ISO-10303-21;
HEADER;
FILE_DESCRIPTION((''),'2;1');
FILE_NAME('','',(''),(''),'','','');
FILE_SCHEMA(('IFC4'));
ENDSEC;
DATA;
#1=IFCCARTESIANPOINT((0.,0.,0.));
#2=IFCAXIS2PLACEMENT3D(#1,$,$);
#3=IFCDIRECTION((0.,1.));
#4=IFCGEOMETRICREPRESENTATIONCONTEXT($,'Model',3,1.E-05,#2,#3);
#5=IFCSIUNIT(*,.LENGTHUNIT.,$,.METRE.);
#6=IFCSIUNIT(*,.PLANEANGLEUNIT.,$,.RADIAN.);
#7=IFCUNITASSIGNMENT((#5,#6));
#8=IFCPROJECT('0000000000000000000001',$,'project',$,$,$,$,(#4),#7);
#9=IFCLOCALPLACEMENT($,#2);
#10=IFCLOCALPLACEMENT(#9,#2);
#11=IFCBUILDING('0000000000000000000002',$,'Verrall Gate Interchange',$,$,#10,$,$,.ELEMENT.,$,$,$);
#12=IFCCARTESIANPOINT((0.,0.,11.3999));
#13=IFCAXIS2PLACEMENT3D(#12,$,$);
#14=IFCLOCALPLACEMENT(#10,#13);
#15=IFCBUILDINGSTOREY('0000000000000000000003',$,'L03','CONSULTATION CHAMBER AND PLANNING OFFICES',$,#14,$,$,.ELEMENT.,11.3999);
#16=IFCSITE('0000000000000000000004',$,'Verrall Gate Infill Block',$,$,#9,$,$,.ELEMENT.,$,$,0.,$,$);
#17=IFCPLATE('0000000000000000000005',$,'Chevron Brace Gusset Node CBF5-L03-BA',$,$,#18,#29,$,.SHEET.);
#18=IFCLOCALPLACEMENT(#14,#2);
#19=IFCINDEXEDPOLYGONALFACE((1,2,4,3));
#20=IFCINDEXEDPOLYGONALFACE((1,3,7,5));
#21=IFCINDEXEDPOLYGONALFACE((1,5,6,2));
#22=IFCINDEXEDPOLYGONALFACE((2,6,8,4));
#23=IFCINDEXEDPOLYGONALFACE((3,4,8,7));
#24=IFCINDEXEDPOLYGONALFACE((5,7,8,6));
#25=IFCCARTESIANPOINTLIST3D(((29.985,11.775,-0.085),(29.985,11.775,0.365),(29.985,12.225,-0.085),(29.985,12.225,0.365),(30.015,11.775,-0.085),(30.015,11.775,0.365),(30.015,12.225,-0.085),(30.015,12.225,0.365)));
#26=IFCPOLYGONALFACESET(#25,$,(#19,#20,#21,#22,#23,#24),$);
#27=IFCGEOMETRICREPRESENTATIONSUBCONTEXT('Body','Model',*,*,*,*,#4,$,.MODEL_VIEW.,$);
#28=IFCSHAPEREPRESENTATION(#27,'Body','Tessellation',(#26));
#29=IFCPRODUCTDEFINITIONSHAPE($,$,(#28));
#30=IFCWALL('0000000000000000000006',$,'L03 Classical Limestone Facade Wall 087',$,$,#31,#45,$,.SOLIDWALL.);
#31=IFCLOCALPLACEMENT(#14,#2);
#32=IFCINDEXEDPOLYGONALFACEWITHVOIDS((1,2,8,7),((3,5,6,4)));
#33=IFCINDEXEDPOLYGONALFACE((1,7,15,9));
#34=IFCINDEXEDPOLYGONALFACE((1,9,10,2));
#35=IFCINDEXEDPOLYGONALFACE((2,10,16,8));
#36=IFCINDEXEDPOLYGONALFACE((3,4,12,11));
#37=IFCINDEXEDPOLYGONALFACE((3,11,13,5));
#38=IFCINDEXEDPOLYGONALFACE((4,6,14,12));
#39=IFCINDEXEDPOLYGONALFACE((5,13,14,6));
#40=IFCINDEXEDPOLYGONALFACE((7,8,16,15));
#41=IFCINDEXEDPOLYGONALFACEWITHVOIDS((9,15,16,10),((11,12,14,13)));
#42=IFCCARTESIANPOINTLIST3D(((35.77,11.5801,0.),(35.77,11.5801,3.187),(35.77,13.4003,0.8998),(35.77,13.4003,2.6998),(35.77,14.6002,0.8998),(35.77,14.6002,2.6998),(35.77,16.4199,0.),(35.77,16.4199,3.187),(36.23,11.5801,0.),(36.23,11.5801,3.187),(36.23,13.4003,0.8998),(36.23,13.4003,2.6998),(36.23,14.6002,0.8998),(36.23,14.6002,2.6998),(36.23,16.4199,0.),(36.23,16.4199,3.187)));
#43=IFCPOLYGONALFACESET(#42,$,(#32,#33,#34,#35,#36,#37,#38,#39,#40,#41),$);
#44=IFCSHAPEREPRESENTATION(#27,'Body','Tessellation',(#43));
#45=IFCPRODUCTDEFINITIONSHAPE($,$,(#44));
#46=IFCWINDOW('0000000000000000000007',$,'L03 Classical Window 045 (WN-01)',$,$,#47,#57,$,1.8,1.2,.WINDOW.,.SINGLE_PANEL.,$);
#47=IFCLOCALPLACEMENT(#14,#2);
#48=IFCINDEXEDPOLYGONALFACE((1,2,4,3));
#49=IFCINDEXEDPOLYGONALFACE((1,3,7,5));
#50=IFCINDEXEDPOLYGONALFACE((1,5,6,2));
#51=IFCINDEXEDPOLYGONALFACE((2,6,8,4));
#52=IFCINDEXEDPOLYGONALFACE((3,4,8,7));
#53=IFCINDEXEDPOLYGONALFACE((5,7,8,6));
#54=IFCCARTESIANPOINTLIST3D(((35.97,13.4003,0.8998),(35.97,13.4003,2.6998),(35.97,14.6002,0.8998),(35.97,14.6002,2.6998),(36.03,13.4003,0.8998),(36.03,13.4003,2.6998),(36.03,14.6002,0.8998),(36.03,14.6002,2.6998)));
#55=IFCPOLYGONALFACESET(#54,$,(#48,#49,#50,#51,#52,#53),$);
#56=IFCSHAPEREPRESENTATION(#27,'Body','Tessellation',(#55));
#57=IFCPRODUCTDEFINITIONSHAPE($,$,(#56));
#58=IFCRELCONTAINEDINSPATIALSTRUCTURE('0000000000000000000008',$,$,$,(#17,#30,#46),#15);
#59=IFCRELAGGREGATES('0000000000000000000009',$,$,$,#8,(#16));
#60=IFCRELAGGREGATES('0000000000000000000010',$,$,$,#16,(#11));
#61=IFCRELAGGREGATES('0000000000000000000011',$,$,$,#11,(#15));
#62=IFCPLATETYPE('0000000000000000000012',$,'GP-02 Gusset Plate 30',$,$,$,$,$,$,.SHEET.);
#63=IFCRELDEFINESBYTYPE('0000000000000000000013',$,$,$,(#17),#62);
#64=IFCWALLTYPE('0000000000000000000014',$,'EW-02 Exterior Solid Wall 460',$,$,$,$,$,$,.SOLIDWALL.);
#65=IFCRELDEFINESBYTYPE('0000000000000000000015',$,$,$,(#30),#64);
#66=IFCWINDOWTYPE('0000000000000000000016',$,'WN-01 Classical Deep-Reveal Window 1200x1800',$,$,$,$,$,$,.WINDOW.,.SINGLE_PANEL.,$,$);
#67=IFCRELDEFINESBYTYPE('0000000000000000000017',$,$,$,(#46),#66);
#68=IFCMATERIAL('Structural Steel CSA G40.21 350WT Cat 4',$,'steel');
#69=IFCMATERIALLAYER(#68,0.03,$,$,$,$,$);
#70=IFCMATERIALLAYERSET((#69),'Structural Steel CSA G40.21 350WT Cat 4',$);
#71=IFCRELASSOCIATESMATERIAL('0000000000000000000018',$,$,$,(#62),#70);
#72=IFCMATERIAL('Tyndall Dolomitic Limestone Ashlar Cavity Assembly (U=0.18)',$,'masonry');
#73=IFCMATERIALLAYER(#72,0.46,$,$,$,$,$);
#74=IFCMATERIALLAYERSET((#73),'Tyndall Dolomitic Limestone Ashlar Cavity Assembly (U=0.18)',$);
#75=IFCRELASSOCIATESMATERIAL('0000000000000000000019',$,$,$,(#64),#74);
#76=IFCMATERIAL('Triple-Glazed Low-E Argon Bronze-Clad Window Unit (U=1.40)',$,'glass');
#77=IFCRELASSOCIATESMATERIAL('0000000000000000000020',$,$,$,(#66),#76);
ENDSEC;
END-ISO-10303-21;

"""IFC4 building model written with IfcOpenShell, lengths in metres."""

from ifc_helpers import new_model, si_unit, direction, frame, frame_2d, origin, origin_2d, place, context, subcontext, project, spatial, rectangle, extrude, material, layer, layer_set, type_object, element, fill, save


model = new_model("IFC4")

# Units and contexts
model_context = context("Model", 3, precision=1e-05, world=origin(), true_north=direction((0.0, 1.0)))
body_context = subcontext(model_context, "Body", "Model", "MODEL_VIEW")
ifc_project = project(units=[si_unit("LENGTHUNIT", "METRE"), si_unit("PLANEANGLEUNIT", "RADIAN")], contexts=[model_context])

# Site, building, storey
site_placement = place(None, origin())
site = spatial("IfcSite", under=ifc_project, at=site_placement, Name="Verrall Gate Infill Block", CompositionType="ELEMENT", RefElevation=0.0)
building_placement = place(site_placement, origin())
building = spatial("IfcBuilding", under=site, at=building_placement, Name="Verrall Gate Interchange", CompositionType="ELEMENT")
storey_placement = place(building_placement, frame((0.0, 0.0, 11.3999)))
storey = spatial("IfcBuildingStorey", under=building, at=storey_placement, Name="L03", Description="CONSULTATION CHAMBER AND PLANNING OFFICES", CompositionType="ELEMENT", Elevation=11.3999)

# Plate
ifc_material_1 = material(Name="Structural Steel CSA G40.21 350WT Cat 4", Category="steel")
ifc_layer_1 = layer(ifc_material_1, 0.03)
ifc_layer_set_1 = layer_set([ifc_layer_1], Name="Structural Steel CSA G40.21 350WT Cat 4")
plate_type_1 = type_object("IfcPlateType", Name="GP-02 Gusset Plate 30", PredefinedType="SHEET", material=ifc_layer_set_1)
plate_1_placement = place(storey_placement, frame((30.0, 12.0, -0.085), z_axis=(0.0, 0.0, 1.0), x_axis=(1.0, 0.0, 0.0)))
element("IfcPlate", 1, at=plate_1_placement, inside=storey, type_object=plate_type_1, Name="Chevron Brace Gusset Node CBF5-L03-BA", PredefinedType="SHEET", context=body_context, shape_type="SweptSolid", body=[
    extrude(rectangle(XDim=0.03, YDim=0.45, at=origin_2d()), origin(), (0.0, 0.0, 1.0), 0.45),
])

# Wall, opening, window
ifc_material_2 = material(Name="Tyndall Dolomitic Limestone Ashlar Cavity Assembly (U=0.18)", Category="masonry")
ifc_layer_2 = layer(ifc_material_2, 0.46)
ifc_layer_set_2 = layer_set([ifc_layer_2], Name="Tyndall Dolomitic Limestone Ashlar Cavity Assembly (U=0.18)")
wall_type = type_object("IfcWallType", Name="EW-02 Exterior Solid Wall 460", PredefinedType="SOLIDWALL", material=ifc_layer_set_2)
wall_placement = place(storey_placement, frame((36.0, 11.5801, 0.0), z_axis=(0.0, 0.0, 1.0), x_axis=(0.0, 1.0, 0.0)))
wall = element("IfcWall", 2, at=wall_placement, inside=storey, type_object=wall_type, Name="L03 Classical Limestone Facade Wall 087", PredefinedType="SOLIDWALL", context=body_context, shape_type="SweptSolid", body=[
    extrude(rectangle(XDim=4.8398, YDim=0.46, at=frame_2d((2.4199, 0.0))), origin(), (0.0, 0.0, 1.0), 3.187),
])
opening_placement = place(wall_placement, frame((1.8201, 0.0, 0.8999)))
opening = element("IfcOpeningElement", 3, at=opening_placement, cuts=wall, PredefinedType="OPENING", context=body_context, shape_type="SweptSolid", body=[
    extrude(rectangle(XDim=1.2, YDim=1.8, at=frame_2d((0.6001, 0.8999))), frame((0.0, 0.2449, 0.0), z_axis=(0.0, -1.0, 0.0), x_axis=(1.0, 0.0, 0.0)), (0.0, 0.0, 1.0), 0.4897),
])
ifc_material_3 = material(Name="Triple-Glazed Low-E Argon Bronze-Clad Window Unit (U=1.40)", Category="glass")
window_type = type_object("IfcWindowType", Name="WN-01 Classical Deep-Reveal Window 1200x1800", PartitioningType="SINGLE_PANEL", PredefinedType="WINDOW", material=ifc_material_3)
window_placement = place(opening_placement, origin())
window = element("IfcWindow", 4, at=window_placement, inside=storey, type_object=window_type, Name="L03 Classical Window 045 (WN-01)", OverallHeight=1.8, OverallWidth=1.2, PartitioningType="SINGLE_PANEL", PredefinedType="WINDOW", context=body_context, shape_type="SweptSolid", body=[
    extrude(rectangle(XDim=1.2, YDim=1.8, at=frame_2d((0.6001, 0.8999))), frame((0.0, 0.03, 0.0), z_axis=(0.0, -1.0, 0.0), x_axis=(1.0, 0.0, 0.0)), (0.0, 0.0, 1.0), 0.0601),
])
fill(opening, window)

save(model, "model.ifc")
